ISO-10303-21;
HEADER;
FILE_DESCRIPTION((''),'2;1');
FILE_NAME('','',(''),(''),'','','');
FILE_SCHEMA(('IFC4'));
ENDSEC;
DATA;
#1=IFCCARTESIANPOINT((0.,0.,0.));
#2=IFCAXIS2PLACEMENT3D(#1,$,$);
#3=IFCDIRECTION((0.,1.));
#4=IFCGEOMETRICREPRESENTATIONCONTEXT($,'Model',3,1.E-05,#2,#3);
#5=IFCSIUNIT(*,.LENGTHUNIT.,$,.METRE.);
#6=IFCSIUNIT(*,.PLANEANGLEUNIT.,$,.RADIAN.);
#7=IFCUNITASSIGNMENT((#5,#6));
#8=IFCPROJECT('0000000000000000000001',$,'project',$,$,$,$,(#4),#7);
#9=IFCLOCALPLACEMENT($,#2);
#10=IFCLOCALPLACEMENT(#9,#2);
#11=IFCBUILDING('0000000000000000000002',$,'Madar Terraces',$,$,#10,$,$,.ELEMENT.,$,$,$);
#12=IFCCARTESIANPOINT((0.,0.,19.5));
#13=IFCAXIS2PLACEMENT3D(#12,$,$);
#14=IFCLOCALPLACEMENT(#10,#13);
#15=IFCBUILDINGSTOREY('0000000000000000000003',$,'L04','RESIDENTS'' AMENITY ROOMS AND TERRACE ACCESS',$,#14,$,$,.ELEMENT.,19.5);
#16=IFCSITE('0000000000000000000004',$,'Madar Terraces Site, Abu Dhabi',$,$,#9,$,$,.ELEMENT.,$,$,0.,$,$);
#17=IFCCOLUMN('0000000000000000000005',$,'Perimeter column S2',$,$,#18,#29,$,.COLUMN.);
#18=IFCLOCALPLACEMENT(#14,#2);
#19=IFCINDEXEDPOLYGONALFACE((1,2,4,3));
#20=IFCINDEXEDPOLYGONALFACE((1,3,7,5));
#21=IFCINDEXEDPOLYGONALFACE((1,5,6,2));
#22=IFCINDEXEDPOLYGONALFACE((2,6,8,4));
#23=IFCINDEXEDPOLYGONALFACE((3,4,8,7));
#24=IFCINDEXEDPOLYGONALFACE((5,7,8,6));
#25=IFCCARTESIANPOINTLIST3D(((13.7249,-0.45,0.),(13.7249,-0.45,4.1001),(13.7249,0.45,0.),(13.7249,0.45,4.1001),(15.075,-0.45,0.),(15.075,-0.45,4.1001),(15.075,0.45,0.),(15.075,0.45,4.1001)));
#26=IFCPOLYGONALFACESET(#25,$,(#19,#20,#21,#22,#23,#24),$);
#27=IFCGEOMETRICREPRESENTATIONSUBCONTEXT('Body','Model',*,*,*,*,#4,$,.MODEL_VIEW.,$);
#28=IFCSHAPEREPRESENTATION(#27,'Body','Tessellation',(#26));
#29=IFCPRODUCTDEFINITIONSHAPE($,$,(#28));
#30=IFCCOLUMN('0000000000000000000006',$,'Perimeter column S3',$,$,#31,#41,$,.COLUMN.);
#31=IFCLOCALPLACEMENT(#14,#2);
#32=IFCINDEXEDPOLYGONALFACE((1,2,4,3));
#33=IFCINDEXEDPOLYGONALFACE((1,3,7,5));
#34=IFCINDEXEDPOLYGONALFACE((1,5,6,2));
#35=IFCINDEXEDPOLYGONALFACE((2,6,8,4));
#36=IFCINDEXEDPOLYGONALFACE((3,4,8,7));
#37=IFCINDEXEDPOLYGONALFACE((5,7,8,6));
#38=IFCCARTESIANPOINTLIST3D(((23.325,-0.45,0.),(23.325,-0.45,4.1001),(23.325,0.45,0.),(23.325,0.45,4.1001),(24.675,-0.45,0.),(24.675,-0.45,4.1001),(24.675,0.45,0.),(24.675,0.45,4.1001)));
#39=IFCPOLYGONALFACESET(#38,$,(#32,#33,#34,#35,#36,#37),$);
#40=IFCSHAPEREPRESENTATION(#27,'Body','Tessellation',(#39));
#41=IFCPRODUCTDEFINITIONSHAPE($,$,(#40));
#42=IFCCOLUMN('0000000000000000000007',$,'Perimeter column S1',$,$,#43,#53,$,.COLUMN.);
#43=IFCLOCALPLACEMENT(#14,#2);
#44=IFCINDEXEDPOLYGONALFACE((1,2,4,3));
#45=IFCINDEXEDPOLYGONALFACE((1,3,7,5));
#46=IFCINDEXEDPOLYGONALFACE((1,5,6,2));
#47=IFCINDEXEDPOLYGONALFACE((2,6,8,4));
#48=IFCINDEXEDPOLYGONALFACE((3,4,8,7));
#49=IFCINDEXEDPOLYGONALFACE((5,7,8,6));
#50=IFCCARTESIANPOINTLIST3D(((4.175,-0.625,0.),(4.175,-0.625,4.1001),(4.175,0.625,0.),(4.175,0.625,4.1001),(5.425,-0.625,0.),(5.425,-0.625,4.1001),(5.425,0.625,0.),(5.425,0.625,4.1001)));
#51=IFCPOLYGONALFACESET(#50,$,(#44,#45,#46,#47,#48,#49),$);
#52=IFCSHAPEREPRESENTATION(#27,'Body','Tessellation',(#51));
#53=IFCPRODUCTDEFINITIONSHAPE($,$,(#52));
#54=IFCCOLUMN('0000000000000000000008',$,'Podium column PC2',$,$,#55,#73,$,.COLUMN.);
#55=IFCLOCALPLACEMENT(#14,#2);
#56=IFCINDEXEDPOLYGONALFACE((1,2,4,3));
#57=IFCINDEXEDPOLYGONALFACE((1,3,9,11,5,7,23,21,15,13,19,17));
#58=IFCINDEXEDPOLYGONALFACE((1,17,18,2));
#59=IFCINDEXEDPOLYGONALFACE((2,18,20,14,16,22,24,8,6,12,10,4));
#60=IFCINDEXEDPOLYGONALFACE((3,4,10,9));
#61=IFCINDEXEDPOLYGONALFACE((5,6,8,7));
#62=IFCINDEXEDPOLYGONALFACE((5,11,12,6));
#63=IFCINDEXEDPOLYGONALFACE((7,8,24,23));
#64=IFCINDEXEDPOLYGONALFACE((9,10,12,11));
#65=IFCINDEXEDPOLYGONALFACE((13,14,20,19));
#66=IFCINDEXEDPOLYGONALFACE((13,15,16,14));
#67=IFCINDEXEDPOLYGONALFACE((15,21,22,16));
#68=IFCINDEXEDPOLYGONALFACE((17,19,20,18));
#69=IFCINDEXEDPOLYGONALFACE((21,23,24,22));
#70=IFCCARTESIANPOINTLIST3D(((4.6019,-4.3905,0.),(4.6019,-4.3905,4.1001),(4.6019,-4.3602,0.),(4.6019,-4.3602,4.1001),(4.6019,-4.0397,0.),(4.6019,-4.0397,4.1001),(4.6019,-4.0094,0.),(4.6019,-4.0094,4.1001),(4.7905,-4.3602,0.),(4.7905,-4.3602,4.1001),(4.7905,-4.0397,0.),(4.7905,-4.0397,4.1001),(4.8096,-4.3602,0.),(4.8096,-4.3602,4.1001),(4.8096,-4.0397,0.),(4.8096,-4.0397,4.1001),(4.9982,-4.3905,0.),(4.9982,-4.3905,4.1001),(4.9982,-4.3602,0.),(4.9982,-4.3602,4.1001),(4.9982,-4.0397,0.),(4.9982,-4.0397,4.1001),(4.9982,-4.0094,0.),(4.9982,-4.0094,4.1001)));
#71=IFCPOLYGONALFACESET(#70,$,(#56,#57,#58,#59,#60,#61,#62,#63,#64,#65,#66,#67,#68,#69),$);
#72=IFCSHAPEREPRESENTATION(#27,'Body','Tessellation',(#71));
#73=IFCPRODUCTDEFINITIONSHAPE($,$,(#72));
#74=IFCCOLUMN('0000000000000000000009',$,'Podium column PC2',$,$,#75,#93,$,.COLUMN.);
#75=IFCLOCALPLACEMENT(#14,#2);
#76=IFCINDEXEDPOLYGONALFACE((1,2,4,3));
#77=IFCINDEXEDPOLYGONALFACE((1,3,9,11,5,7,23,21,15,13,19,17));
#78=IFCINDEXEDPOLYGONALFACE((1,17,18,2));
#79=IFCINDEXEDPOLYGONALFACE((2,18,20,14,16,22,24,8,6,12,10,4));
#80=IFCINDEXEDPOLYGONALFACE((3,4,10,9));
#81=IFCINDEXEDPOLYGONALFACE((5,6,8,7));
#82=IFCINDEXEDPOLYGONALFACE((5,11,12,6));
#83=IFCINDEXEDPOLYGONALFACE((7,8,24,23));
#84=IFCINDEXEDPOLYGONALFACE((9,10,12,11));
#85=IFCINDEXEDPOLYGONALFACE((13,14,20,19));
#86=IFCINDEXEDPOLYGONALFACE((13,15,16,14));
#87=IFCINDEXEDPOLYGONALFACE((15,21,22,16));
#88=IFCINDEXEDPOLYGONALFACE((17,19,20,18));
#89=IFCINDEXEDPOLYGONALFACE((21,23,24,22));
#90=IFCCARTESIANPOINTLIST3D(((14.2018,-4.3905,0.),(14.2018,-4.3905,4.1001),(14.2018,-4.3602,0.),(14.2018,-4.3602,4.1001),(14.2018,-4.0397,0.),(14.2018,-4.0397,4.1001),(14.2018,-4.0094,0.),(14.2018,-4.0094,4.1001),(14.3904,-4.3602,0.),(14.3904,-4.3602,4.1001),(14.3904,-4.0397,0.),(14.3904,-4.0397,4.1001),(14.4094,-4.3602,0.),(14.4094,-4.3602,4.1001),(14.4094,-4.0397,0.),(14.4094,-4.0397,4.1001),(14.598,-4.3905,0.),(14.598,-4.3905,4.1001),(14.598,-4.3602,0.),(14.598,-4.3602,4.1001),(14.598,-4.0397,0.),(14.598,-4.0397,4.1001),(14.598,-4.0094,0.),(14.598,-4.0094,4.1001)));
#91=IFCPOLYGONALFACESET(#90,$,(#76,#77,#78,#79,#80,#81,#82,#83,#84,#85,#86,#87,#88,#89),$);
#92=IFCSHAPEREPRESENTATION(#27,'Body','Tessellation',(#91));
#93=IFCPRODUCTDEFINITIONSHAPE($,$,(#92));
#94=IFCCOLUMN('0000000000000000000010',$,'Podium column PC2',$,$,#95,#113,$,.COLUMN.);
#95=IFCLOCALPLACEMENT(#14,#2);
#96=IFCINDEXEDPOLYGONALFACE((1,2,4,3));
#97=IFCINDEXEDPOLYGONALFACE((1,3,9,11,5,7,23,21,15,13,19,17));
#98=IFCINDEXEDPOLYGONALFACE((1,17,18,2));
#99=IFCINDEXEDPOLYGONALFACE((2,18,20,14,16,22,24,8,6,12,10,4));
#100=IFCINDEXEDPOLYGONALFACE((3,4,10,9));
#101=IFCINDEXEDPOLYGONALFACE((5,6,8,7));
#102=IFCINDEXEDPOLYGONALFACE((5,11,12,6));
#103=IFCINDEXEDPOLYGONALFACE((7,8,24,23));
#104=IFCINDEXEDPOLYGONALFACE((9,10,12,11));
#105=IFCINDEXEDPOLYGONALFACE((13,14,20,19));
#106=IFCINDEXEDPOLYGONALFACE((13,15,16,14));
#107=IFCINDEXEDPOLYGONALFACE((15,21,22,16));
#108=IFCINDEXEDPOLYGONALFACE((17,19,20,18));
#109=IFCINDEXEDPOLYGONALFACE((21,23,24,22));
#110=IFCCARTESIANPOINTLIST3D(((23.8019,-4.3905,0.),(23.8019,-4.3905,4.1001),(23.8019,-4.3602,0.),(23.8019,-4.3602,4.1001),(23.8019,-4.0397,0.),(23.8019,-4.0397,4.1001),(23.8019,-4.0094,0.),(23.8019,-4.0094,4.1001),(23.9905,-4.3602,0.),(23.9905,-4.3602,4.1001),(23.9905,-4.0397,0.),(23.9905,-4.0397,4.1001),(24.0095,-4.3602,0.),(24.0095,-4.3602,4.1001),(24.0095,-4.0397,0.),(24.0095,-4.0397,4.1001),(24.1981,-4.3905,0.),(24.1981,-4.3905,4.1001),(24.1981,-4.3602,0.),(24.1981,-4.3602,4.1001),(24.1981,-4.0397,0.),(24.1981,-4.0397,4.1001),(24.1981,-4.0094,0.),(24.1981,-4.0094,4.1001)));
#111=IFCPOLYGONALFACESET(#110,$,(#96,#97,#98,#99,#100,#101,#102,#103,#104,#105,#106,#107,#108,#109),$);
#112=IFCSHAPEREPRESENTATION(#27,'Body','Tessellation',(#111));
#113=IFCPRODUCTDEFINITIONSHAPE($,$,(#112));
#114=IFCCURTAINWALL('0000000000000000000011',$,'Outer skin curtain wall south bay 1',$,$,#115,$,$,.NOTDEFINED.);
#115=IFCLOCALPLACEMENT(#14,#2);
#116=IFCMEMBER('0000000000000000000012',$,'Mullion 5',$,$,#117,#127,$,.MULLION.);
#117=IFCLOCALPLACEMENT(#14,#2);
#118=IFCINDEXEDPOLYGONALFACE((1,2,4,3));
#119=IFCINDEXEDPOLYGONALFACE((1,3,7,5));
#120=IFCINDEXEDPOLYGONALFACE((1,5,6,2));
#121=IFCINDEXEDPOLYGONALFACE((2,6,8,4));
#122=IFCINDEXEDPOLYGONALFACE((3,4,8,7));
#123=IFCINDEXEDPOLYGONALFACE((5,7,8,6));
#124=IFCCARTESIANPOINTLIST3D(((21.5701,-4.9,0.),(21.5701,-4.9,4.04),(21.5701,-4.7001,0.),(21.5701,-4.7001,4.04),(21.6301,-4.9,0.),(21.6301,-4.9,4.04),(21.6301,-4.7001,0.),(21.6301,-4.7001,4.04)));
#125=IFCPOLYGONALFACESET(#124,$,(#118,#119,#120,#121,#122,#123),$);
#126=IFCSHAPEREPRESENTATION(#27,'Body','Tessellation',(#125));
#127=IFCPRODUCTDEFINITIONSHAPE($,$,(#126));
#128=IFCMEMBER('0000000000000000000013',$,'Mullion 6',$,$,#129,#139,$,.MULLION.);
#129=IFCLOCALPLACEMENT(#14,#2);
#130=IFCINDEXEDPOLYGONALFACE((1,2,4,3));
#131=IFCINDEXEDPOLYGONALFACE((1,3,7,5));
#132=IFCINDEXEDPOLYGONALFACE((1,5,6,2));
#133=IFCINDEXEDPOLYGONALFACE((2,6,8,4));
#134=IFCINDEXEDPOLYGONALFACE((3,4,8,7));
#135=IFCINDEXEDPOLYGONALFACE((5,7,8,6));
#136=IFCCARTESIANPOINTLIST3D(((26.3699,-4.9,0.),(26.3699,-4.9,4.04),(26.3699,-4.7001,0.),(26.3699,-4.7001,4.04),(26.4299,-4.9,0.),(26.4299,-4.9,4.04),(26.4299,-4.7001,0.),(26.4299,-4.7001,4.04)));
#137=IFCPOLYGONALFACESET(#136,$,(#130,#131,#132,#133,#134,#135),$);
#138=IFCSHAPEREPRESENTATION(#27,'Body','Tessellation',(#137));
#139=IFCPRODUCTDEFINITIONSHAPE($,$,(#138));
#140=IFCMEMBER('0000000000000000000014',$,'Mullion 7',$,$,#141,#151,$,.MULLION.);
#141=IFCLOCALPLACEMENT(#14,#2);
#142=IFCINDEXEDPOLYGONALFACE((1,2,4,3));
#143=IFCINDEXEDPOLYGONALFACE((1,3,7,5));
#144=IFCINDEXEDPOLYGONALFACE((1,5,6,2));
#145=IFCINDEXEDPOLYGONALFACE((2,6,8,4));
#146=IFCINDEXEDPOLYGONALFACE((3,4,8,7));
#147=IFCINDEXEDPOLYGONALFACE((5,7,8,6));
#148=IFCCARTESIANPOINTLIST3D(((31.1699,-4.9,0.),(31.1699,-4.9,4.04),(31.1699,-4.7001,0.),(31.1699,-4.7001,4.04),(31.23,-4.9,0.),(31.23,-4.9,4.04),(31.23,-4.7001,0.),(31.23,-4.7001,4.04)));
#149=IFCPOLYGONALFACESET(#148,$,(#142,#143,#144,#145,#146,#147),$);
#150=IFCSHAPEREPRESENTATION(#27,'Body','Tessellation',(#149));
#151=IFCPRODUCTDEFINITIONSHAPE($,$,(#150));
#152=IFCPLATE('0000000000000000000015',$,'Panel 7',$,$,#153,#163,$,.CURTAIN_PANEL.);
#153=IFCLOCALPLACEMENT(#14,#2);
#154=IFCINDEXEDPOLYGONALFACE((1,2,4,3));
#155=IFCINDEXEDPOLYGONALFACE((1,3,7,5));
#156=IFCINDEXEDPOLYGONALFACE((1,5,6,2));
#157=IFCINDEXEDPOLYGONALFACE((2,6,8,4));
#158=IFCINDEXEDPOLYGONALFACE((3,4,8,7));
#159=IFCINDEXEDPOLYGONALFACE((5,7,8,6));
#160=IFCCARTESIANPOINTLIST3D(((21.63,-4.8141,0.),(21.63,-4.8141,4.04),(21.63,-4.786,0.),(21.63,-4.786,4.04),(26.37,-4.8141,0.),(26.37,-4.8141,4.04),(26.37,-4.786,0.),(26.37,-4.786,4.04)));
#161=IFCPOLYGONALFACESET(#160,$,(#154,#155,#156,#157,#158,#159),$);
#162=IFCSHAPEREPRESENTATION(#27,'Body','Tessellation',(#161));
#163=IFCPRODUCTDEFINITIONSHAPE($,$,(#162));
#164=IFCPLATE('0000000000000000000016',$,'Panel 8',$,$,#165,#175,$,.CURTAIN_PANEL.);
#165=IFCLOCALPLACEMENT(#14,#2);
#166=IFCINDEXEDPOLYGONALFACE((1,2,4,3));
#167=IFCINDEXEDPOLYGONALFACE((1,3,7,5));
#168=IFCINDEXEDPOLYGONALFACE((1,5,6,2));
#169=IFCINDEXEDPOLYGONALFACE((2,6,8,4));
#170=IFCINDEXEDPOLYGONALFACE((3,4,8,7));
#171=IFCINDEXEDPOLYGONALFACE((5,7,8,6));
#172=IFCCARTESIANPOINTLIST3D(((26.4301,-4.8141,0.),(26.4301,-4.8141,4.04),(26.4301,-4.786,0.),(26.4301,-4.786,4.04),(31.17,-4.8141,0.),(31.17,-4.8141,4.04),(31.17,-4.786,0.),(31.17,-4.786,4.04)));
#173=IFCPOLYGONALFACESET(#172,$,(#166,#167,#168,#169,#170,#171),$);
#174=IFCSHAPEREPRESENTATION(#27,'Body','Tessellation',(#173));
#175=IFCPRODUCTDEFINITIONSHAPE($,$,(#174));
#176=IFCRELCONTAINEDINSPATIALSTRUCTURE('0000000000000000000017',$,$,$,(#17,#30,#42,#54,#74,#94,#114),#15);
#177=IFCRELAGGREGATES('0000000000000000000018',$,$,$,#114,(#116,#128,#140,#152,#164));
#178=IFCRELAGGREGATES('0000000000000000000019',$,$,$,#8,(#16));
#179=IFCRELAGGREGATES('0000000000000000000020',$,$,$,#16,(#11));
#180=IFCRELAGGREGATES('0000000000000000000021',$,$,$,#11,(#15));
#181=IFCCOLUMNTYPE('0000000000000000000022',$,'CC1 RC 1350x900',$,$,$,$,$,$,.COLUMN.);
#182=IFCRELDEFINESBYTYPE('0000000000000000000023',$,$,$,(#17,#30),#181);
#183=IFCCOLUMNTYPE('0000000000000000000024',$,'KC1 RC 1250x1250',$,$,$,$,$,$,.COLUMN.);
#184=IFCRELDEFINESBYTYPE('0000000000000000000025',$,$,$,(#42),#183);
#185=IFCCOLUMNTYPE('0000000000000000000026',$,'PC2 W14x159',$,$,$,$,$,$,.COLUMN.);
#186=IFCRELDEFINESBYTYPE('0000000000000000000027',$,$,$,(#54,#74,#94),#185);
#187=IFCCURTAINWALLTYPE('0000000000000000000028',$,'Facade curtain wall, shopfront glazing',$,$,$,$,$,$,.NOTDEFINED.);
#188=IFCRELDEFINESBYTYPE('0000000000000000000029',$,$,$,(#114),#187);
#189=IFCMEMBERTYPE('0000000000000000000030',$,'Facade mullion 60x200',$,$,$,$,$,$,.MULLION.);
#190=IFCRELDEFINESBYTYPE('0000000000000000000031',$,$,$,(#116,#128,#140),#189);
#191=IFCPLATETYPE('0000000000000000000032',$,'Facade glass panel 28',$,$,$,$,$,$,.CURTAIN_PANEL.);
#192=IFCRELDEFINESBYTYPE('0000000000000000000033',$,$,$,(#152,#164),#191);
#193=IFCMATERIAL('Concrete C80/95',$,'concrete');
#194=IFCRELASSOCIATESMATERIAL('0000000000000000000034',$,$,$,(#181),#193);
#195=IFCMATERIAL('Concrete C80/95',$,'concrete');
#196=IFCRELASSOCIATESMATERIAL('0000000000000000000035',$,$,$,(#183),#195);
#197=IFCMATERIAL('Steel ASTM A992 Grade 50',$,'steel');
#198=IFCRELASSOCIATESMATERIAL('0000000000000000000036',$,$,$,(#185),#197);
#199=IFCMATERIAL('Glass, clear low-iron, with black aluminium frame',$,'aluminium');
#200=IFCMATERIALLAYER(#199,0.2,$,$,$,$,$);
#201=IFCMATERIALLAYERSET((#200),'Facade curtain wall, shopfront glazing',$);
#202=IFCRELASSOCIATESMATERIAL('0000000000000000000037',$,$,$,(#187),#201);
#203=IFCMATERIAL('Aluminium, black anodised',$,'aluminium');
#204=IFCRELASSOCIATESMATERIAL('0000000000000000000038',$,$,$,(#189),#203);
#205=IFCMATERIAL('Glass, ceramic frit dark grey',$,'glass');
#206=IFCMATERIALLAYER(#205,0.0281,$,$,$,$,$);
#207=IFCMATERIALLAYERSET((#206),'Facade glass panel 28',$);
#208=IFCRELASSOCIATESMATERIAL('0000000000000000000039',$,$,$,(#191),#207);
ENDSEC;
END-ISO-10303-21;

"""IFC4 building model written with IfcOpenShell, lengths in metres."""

from ifc_helpers import new_model, si_unit, direction, frame, origin, origin_2d, place, context, subcontext, project, spatial, rectangle, i_section, extrude, material, layer, layer_set, material_profile, profile_set, type_object, element, aggregate, save


model = new_model("IFC4")

# Units and contexts
model_context = context("Model", 3, precision=1e-05, world=origin(), true_north=direction((0.0, 1.0)))
body_context = subcontext(model_context, "Body", "Model", "MODEL_VIEW")
ifc_project = project(units=[si_unit("LENGTHUNIT", "METRE"), si_unit("PLANEANGLEUNIT", "RADIAN")], contexts=[model_context])

# Site, building, storey
site_placement = place(None, origin())
site = spatial("IfcSite", under=ifc_project, at=site_placement, Name="Madar Terraces Site, Abu Dhabi", CompositionType="ELEMENT", RefElevation=0.0)
building_placement = place(site_placement, origin())
building = spatial("IfcBuilding", under=site, at=building_placement, Name="Madar Terraces", CompositionType="ELEMENT")
storey_placement = place(building_placement, frame((0.0, 0.0, 19.5)))
storey = spatial("IfcBuildingStorey", under=building, at=storey_placement, Name="L04", Description="RESIDENTS' AMENITY ROOMS AND TERRACE ACCESS", CompositionType="ELEMENT", Elevation=19.5)

# Columns
ifc_material_1 = material(Name="Concrete C80/95", Category="concrete")
ifc_material_profile_1 = material_profile(ifc_material_1, rectangle(XDim=1.3501, YDim=0.8999, at=origin_2d()), Name="CC1 RC 1350x900")
ifc_profile_set_1 = profile_set([ifc_material_profile_1], Name="Concrete C80/95")
column_type_1 = type_object("IfcColumnType", Name="CC1 RC 1350x900", PredefinedType="COLUMN", material=ifc_profile_set_1)
for number, where, z_axis, x_axis, name in (
    (1, (14.3999, 0.0, 0.0), (0.0, 0.0, 1.0), (1.0, 0.0, 0.0), "Perimeter column S2"),
    (2, (24.0, 0.0, 0.0), (0.0, 0.0, 1.0), (1.0, 0.0, 0.0), "Perimeter column S3"),
):
    element("IfcColumn", number, at=place(storey_placement, frame(where, z_axis=z_axis, x_axis=x_axis)), inside=storey, type_object=column_type_1, Name=name, PredefinedType="COLUMN", context=body_context, shape_type="SweptSolid", body=[
        extrude(rectangle(XDim=1.3501, YDim=0.8999, at=origin_2d()), origin(), (0.0, 0.0, 1.0), 4.1001),
    ])
ifc_material_2 = material(Name="Concrete C80/95", Category="concrete")
ifc_material_profile_2 = material_profile(ifc_material_2, rectangle(XDim=1.25, YDim=1.25, at=origin_2d()), Name="KC1 RC 1250x1250")
ifc_profile_set_2 = profile_set([ifc_material_profile_2], Name="Concrete C80/95")
column_type_2 = type_object("IfcColumnType", Name="KC1 RC 1250x1250", PredefinedType="COLUMN", material=ifc_profile_set_2)
column_placement = place(storey_placement, frame((4.8, 0.0, 0.0), z_axis=(0.0, 0.0, 1.0), x_axis=(1.0, 0.0, 0.0)))
element("IfcColumn", 3, at=column_placement, inside=storey, type_object=column_type_2, Name="Perimeter column S1", PredefinedType="COLUMN", context=body_context, shape_type="SweptSolid", body=[
    extrude(rectangle(XDim=1.25, YDim=1.25, at=origin_2d()), origin(), (0.0, 0.0, 1.0), 4.1001),
])
ifc_material_3 = material(Name="Steel ASTM A992 Grade 50", Category="steel")
ifc_material_profile_3 = material_profile(ifc_material_3, i_section(OverallWidth=0.3962, OverallDepth=0.3811, WebThickness=0.019, FlangeThickness=0.0303, at=origin_2d()), Name="W14x159")
ifc_profile_set_3 = profile_set([ifc_material_profile_3], Name="Steel ASTM A992 Grade 50")
column_type_3 = type_object("IfcColumnType", Name="PC2 W14x159", PredefinedType="COLUMN", material=ifc_profile_set_3)
for number, where, z_axis, x_axis, name in (
    (4, (4.8, -4.2, 0.0), (0.0, 0.0, 1.0), (1.0, 0.0, 0.0), "Podium column PC2"),
    (5, (14.3999, -4.2, 0.0), (0.0, 0.0, 1.0), (1.0, 0.0, 0.0), "Podium column PC2"),
    (6, (24.0, -4.2, 0.0), (0.0, 0.0, 1.0), (1.0, 0.0, 0.0), "Podium column PC2"),
):
    element("IfcColumn", number, at=place(storey_placement, frame(where, z_axis=z_axis, x_axis=x_axis)), inside=storey, type_object=column_type_3, Name=name, PredefinedType="COLUMN", context=body_context, shape_type="SweptSolid", body=[
        extrude(i_section(OverallWidth=0.3962, OverallDepth=0.3811, WebThickness=0.019, FlangeThickness=0.0303, at=origin_2d()), origin(), (0.0, 0.0, 1.0), 4.1001),
    ])

# Curtain wall, members, plates
ifc_material_4 = material(Name="Glass, clear low-iron, with black aluminium frame", Category="aluminium")
ifc_layer_1 = layer(ifc_material_4, 0.2)
ifc_layer_set_1 = layer_set([ifc_layer_1], Name="Facade curtain wall, shopfront glazing")
curtain_wall_type = type_object("IfcCurtainWallType", Name="Facade curtain wall, shopfront glazing", PredefinedType="NOTDEFINED", material=ifc_layer_set_1)
curtain_wall_placement = place(storey_placement, origin())
curtain_wall = element("IfcCurtainWall", 7, at=curtain_wall_placement, inside=storey, type_object=curtain_wall_type, Name="Outer skin curtain wall south bay 1", PredefinedType="NOTDEFINED")
ifc_material_5 = material(Name="Aluminium, black anodised", Category="aluminium")
ifc_material_profile_4 = material_profile(ifc_material_5, rectangle(XDim=0.2, YDim=0.0601, at=origin_2d()), Name="Facade mullion 60x200")
ifc_profile_set_4 = profile_set([ifc_material_profile_4], Name="Aluminium, black anodised")
member_type = type_object("IfcMemberType", Name="Facade mullion 60x200", PredefinedType="MULLION", material=ifc_profile_set_4)
member_1_placement = place(storey_placement, frame((21.6001, -4.8, 0.0), z_axis=(0.0, 0.0, 1.0), x_axis=(0.0, 1.0, 0.0)))
member_1 = element("IfcMember", 8, at=member_1_placement, type_object=member_type, Name="Mullion 5", PredefinedType="MULLION", context=body_context, shape_type="SweptSolid", body=[
    extrude(rectangle(XDim=0.2, YDim=0.0601, at=origin_2d()), origin(), (0.0, 0.0, 1.0), 4.04),
])
member_2_placement = place(storey_placement, frame((26.3999, -4.8, 0.0), z_axis=(0.0, 0.0, 1.0), x_axis=(0.0, 1.0, 0.0)))
member_2 = element("IfcMember", 9, at=member_2_placement, type_object=member_type, Name="Mullion 6", PredefinedType="MULLION", context=body_context, shape_type="SweptSolid", body=[
    extrude(rectangle(XDim=0.2, YDim=0.0601, at=origin_2d()), origin(), (0.0, 0.0, 1.0), 4.04),
])
member_3_placement = place(storey_placement, frame((31.2, -4.8, 0.0), z_axis=(0.0, 0.0, 1.0), x_axis=(0.0, 1.0, 0.0)))
member_3 = element("IfcMember", 10, at=member_3_placement, type_object=member_type, Name="Mullion 7", PredefinedType="MULLION", context=body_context, shape_type="SweptSolid", body=[
    extrude(rectangle(XDim=0.2, YDim=0.0601, at=origin_2d()), origin(), (0.0, 0.0, 1.0), 4.04),
])
ifc_material_6 = material(Name="Glass, ceramic frit dark grey", Category="glass")
ifc_layer_2 = layer(ifc_material_6, 0.0281)
ifc_layer_set_2 = layer_set([ifc_layer_2], Name="Facade glass panel 28")
plate_type = type_object("IfcPlateType", Name="Facade glass panel 28", PredefinedType="CURTAIN_PANEL", material=ifc_layer_set_2)
plate_1_placement = place(storey_placement, frame((24.0, -4.8, 0.0), z_axis=(0.0, 0.0, 1.0), x_axis=(1.0, 0.0, 0.0)))
plate_1 = element("IfcPlate", 11, at=plate_1_placement, type_object=plate_type, Name="Panel 7", PredefinedType="CURTAIN_PANEL", context=body_context, shape_type="SweptSolid", body=[
    extrude(rectangle(XDim=4.74, YDim=0.0281, at=origin_2d()), origin(), (0.0, 0.0, 1.0), 4.04),
])
plate_2_placement = place(storey_placement, frame((28.8, -4.8, 0.0), z_axis=(0.0, 0.0, 1.0), x_axis=(1.0, 0.0, 0.0)))
plate_2 = element("IfcPlate", 12, at=plate_2_placement, type_object=plate_type, Name="Panel 8", PredefinedType="CURTAIN_PANEL", context=body_context, shape_type="SweptSolid", body=[
    extrude(rectangle(XDim=4.74, YDim=0.0281, at=origin_2d()), origin(), (0.0, 0.0, 1.0), 4.04),
])
aggregate(curtain_wall, [member_1, member_2, member_3, plate_1, plate_2])

save(model, "model.ifc")
